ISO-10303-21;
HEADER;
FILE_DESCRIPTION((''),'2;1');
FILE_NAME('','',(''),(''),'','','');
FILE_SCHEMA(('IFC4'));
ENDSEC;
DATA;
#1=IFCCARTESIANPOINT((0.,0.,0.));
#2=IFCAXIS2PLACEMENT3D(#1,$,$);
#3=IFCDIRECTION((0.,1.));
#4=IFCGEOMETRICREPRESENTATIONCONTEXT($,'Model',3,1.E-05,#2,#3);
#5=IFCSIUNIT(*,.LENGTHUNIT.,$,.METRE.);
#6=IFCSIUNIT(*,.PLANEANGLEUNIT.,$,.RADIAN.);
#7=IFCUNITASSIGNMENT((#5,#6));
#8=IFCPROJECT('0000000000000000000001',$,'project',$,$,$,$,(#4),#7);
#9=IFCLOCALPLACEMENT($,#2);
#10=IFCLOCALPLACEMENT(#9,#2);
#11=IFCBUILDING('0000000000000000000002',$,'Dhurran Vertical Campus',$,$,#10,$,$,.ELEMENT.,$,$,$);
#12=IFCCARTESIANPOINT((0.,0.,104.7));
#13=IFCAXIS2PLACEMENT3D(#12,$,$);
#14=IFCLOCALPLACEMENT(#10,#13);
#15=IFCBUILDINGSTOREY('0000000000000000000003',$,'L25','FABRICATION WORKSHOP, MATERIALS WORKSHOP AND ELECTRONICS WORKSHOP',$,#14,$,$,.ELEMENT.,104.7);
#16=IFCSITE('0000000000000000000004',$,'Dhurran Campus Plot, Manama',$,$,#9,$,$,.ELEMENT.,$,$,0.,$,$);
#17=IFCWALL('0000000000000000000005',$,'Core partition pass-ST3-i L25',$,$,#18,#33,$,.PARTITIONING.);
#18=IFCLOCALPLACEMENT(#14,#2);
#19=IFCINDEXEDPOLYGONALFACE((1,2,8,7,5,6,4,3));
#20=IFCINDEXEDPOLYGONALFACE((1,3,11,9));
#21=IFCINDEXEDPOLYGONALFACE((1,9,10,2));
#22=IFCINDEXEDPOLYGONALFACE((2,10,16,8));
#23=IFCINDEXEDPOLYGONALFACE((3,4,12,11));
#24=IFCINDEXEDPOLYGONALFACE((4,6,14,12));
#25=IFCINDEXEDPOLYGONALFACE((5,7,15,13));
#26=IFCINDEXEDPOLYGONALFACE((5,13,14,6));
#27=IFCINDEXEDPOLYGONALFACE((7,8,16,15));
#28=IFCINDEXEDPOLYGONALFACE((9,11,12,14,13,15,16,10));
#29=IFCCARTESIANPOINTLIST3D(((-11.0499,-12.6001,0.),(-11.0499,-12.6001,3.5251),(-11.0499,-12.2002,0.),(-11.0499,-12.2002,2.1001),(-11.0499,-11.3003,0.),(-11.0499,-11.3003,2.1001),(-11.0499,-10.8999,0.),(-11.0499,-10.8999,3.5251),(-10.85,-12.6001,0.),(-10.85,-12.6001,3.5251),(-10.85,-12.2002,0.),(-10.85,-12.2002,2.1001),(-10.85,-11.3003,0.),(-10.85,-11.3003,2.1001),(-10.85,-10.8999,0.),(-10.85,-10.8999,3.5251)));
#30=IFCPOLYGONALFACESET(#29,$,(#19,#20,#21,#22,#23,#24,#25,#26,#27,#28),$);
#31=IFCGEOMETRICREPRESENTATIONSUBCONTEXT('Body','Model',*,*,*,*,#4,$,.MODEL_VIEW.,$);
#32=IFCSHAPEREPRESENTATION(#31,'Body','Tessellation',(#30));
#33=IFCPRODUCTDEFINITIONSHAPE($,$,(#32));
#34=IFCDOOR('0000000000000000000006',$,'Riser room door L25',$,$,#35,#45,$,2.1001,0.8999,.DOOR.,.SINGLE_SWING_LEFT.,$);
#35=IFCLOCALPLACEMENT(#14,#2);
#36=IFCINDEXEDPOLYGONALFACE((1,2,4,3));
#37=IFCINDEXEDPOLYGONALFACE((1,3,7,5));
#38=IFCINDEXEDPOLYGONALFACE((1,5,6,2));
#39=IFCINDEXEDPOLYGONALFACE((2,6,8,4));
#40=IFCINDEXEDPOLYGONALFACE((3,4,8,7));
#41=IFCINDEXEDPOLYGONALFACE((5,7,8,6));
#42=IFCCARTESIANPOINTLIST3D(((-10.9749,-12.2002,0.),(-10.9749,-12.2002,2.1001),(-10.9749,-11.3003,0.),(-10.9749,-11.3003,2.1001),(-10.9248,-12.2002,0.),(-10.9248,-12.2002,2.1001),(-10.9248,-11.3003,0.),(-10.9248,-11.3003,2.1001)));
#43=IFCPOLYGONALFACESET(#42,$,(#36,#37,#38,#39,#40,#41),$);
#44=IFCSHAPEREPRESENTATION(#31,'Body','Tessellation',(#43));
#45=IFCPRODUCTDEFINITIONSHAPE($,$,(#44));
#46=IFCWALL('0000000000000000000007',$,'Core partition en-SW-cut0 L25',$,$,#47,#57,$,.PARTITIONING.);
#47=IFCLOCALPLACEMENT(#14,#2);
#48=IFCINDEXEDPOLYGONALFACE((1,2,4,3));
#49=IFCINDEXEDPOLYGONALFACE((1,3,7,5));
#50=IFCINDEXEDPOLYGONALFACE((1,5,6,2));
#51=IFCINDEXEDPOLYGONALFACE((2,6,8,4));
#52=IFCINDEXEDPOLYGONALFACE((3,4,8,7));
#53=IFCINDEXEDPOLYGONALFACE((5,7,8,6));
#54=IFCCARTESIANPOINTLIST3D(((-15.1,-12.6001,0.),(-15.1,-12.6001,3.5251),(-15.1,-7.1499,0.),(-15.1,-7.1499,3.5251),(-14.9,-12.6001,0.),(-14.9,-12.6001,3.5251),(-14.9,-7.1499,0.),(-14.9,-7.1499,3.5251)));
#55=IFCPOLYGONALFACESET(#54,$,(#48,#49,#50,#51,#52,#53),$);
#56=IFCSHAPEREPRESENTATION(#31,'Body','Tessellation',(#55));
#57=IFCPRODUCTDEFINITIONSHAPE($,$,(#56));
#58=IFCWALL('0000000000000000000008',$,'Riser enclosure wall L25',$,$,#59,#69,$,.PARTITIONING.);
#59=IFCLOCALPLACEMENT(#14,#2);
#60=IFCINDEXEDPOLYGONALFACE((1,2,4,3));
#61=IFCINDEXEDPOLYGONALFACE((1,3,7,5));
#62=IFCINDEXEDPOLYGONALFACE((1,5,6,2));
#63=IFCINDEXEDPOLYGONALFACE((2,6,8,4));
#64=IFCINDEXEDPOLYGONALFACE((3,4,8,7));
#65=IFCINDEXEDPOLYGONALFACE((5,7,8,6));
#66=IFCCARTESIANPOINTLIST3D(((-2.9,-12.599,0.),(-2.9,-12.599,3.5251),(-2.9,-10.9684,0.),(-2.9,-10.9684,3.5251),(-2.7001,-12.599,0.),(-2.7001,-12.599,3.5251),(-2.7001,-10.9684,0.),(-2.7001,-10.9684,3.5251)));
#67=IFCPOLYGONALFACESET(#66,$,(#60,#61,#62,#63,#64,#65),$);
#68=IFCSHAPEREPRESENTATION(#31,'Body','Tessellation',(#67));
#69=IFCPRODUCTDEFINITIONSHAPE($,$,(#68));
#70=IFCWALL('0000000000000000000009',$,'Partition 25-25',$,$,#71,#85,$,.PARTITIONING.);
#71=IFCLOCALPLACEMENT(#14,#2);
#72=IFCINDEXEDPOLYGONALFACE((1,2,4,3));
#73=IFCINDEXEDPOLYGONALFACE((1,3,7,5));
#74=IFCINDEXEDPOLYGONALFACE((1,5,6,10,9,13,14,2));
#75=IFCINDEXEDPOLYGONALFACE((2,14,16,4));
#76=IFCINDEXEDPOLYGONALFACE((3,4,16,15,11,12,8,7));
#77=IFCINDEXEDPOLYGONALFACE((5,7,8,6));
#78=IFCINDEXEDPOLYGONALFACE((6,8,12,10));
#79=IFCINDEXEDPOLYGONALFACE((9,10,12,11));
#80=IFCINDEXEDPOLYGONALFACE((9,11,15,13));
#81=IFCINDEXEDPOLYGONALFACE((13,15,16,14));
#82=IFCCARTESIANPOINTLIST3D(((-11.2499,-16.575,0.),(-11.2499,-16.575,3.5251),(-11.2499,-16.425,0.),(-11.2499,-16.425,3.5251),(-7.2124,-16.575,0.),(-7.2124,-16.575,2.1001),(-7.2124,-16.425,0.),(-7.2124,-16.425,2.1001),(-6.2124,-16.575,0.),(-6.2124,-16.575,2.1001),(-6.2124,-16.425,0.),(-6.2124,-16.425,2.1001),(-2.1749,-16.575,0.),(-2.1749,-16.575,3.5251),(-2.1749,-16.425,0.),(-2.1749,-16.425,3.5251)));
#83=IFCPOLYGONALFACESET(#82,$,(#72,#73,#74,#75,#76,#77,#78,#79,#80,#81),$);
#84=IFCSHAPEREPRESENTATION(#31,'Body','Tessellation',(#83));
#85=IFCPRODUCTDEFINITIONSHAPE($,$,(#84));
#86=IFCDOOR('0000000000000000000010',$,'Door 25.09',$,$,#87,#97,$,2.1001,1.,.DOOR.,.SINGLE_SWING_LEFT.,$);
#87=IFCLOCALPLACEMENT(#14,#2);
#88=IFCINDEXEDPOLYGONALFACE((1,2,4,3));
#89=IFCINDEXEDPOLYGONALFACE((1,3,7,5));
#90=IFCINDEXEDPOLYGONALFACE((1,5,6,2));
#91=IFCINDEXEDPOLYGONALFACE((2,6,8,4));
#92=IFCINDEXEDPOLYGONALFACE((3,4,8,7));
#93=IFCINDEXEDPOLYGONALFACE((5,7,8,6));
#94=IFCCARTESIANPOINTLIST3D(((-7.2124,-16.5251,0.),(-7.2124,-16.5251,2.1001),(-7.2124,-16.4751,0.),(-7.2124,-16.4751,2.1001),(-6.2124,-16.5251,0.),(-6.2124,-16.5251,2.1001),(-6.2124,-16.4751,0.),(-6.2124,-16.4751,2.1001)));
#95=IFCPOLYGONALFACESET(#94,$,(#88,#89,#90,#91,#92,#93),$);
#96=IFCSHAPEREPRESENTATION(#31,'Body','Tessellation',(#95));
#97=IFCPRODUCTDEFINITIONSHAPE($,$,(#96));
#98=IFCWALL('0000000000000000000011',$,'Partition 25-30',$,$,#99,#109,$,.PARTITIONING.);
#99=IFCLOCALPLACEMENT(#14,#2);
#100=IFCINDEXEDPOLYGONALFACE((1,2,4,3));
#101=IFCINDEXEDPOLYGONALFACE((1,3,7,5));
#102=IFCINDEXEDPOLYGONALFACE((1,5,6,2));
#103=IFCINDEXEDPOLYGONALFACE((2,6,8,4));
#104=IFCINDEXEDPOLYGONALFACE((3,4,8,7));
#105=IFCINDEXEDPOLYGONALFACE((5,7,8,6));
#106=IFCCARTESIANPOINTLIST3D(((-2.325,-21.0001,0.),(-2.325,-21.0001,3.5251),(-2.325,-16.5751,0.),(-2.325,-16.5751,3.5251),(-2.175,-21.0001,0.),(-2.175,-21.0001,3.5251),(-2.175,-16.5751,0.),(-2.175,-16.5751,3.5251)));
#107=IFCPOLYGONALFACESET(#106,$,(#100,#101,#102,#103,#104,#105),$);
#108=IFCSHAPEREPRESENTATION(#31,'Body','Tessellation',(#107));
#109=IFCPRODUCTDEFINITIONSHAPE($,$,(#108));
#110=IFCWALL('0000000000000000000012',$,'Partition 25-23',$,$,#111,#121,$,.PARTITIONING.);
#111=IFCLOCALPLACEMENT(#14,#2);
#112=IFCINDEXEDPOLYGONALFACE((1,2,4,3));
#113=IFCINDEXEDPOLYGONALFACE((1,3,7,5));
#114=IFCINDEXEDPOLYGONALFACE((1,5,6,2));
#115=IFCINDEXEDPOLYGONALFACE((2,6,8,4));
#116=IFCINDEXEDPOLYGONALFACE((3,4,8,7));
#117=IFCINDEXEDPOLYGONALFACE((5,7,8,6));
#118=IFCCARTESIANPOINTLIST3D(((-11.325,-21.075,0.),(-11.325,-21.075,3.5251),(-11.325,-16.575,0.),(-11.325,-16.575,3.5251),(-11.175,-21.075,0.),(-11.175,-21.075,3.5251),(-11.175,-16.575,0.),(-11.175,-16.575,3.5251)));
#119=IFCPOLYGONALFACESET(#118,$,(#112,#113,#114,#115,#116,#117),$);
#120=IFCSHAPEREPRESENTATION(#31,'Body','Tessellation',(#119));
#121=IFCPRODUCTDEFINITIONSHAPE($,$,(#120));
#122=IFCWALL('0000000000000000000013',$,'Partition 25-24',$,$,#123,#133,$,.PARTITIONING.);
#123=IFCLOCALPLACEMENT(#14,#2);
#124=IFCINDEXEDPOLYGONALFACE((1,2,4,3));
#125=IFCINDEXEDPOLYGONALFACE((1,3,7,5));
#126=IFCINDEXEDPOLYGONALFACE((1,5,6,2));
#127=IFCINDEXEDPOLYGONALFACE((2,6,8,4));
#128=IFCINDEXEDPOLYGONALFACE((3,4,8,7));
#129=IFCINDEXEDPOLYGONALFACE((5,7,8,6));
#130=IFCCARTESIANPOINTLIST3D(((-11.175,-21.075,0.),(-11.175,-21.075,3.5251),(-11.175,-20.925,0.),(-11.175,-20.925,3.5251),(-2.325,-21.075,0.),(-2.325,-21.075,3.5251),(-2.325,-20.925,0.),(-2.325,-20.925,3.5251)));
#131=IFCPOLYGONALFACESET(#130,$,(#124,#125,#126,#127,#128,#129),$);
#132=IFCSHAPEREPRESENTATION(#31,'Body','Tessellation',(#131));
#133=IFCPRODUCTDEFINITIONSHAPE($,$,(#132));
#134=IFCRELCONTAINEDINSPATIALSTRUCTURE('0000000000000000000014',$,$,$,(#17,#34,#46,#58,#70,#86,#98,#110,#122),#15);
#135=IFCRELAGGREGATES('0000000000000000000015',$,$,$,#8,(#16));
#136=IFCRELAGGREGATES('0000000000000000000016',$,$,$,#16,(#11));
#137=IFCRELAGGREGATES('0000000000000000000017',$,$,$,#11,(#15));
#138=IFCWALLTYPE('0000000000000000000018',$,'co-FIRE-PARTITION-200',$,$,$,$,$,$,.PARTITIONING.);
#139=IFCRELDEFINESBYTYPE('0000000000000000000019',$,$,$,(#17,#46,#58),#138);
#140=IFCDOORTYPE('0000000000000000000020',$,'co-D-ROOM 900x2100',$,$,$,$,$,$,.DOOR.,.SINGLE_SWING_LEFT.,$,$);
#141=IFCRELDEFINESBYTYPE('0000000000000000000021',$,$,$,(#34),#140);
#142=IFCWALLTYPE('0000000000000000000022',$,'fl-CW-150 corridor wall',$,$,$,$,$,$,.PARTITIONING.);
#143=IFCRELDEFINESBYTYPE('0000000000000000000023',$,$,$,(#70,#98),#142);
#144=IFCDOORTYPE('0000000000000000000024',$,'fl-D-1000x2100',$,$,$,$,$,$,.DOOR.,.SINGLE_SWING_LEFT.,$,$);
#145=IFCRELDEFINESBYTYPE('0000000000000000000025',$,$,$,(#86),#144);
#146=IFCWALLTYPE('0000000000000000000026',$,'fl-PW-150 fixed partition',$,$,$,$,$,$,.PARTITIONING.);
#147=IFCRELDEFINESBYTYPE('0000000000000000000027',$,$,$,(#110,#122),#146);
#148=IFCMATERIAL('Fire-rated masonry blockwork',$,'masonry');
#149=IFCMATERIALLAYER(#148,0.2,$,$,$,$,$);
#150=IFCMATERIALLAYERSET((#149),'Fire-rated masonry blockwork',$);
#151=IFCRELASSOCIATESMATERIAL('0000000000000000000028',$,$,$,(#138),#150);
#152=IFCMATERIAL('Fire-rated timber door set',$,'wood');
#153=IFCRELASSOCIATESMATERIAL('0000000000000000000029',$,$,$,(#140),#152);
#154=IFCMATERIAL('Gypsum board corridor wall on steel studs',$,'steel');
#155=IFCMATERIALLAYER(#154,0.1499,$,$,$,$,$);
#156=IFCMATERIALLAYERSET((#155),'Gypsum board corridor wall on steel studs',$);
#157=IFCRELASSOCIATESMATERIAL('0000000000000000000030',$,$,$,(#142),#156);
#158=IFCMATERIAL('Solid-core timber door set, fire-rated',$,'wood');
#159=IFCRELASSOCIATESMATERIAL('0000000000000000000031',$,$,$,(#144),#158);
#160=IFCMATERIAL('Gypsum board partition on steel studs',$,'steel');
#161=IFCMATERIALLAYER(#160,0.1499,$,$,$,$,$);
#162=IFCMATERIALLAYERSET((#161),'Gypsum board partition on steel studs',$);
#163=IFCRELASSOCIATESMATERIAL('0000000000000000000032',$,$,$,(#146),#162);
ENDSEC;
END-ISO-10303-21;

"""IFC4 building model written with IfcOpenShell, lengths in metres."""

from ifc_helpers import new_model, si_unit, direction, frame, frame_2d, origin, place, context, subcontext, project, spatial, rectangle, extrude, material, layer, layer_set, type_object, element, fill, save


model = new_model("IFC4")

# Units and contexts
model_context = context("Model", 3, precision=1e-05, world=origin(), true_north=direction((0.0, 1.0)))
body_context = subcontext(model_context, "Body", "Model", "MODEL_VIEW")
ifc_project = project(units=[si_unit("LENGTHUNIT", "METRE"), si_unit("PLANEANGLEUNIT", "RADIAN")], contexts=[model_context])

# Site, building, storey
site_placement = place(None, origin())
site = spatial("IfcSite", under=ifc_project, at=site_placement, Name="Dhurran Campus Plot, Manama", CompositionType="ELEMENT", RefElevation=0.0)
building_placement = place(site_placement, origin())
building = spatial("IfcBuilding", under=site, at=building_placement, Name="Dhurran Vertical Campus", CompositionType="ELEMENT")
storey_placement = place(building_placement, frame((0.0, 0.0, 104.7)))
storey = spatial("IfcBuildingStorey", under=building, at=storey_placement, Name="L25", Description="FABRICATION WORKSHOP, MATERIALS WORKSHOP AND ELECTRONICS WORKSHOP", CompositionType="ELEMENT", Elevation=104.7)

# Shared definitions
ifc_material_1 = material(Name="Fire-rated masonry blockwork", Category="masonry")
ifc_layer_1 = layer(ifc_material_1, 0.2)
ifc_layer_set_1 = layer_set([ifc_layer_1], Name="Fire-rated masonry blockwork")
wall_type_1 = type_object("IfcWallType", Name="co-FIRE-PARTITION-200", PredefinedType="PARTITIONING", material=ifc_layer_set_1)
ifc_material_2 = material(Name="Fire-rated timber door set", Category="wood")
door_type_1 = type_object("IfcDoorType", Name="co-D-ROOM 900x2100", OperationType="SINGLE_SWING_LEFT", PredefinedType="DOOR", material=ifc_material_2)

# Wall, opening, door
wall_1_placement = place(storey_placement, frame((-10.95, -12.6001, 0.0), z_axis=(0.0, 0.0, 1.0), x_axis=(0.0, 1.0, 0.0)))
wall_1 = element("IfcWall", 1, at=wall_1_placement, inside=storey, type_object=wall_type_1, Name="Core partition pass-ST3-i L25", PredefinedType="PARTITIONING", context=body_context, shape_type="SweptSolid", body=[
    extrude(rectangle(XDim=1.7002, YDim=0.2, at=frame_2d((0.8501, 0.0))), origin(), (0.0, 0.0, 1.0), 3.5251),
])
opening_1_placement = place(wall_1_placement, frame((0.3999, 0.0, 0.0)))
opening_1 = element("IfcOpeningElement", 2, at=opening_1_placement, cuts=wall_1, PredefinedType="OPENING", context=body_context, shape_type="SweptSolid", body=[
    extrude(rectangle(XDim=0.8999, YDim=2.1001, at=frame_2d((0.45, 1.05))), frame((0.0, 0.1099, 0.0), z_axis=(0.0, -1.0, 0.0), x_axis=(1.0, 0.0, 0.0)), (0.0, 0.0, 1.0), 0.22),
])
door_1_placement = place(opening_1_placement, origin())
door_1 = element("IfcDoor", 3, at=door_1_placement, inside=storey, type_object=door_type_1, Name="Riser room door L25", OperationType="SINGLE_SWING_LEFT", OverallHeight=2.1001, OverallWidth=0.8999, PredefinedType="DOOR", context=body_context, shape_type="SweptSolid", body=[
    extrude(rectangle(XDim=0.8999, YDim=2.1001, at=frame_2d((0.45, 1.05))), frame((0.0, 0.0249, 0.0), z_axis=(0.0, -1.0, 0.0), x_axis=(1.0, 0.0, 0.0)), (0.0, 0.0, 1.0), 0.05),
])
fill(opening_1, door_1)

# Walls
wall_2_placement = place(storey_placement, frame((-15.0, -12.6001, 0.0), z_axis=(0.0, 0.0, 1.0), x_axis=(0.0, 1.0, 0.0)))
element("IfcWall", 4, at=wall_2_placement, inside=storey, type_object=wall_type_1, Name="Core partition en-SW-cut0 L25", PredefinedType="PARTITIONING", context=body_context, shape_type="SweptSolid", body=[
    extrude(rectangle(XDim=5.4502, YDim=0.2, at=frame_2d((2.7251, 0.0))), origin(), (0.0, 0.0, 1.0), 3.5251),
])
wall_3_placement = place(storey_placement, frame((-2.8, -12.5991, 0.0), z_axis=(0.0, 0.0, 1.0), x_axis=(0.0, 1.0, 0.0)))
element("IfcWall", 5, at=wall_3_placement, inside=storey, type_object=wall_type_1, Name="Riser enclosure wall L25", PredefinedType="PARTITIONING", context=body_context, shape_type="SweptSolid", body=[
    extrude(rectangle(XDim=1.6306, YDim=0.2, at=frame_2d((0.8154, 0.0))), origin(), (0.0, 0.0, 1.0), 3.5251),
])

# Wall, opening, door
ifc_material_3 = material(Name="Gypsum board corridor wall on steel studs", Category="steel")
ifc_layer_2 = layer(ifc_material_3, 0.1499)
ifc_layer_set_2 = layer_set([ifc_layer_2], Name="Gypsum board corridor wall on steel studs")
wall_type_2 = type_object("IfcWallType", Name="fl-CW-150 corridor wall", PredefinedType="PARTITIONING", material=ifc_layer_set_2)
wall_4_placement = place(storey_placement, frame((-11.25, -16.5, 0.0), z_axis=(0.0, 0.0, 1.0), x_axis=(1.0, 0.0, 0.0)))
wall_4 = element("IfcWall", 6, at=wall_4_placement, inside=storey, type_object=wall_type_2, Name="Partition 25-25", PredefinedType="PARTITIONING", context=body_context, shape_type="SweptSolid", body=[
    extrude(rectangle(XDim=9.075, YDim=0.1499, at=frame_2d((4.5376, 0.0))), origin(), (0.0, 0.0, 1.0), 3.5251),
])
opening_2_placement = place(wall_4_placement, frame((4.0376, 0.0, 0.0)))
opening_2 = element("IfcOpeningElement", 7, at=opening_2_placement, cuts=wall_4, PredefinedType="OPENING", context=body_context, shape_type="SweptSolid", body=[
    extrude(rectangle(XDim=1.0, YDim=2.1001, at=frame_2d((0.5, 1.05))), frame((0.0, 0.085, 0.0), z_axis=(0.0, -1.0, 0.0), x_axis=(1.0, 0.0, 0.0)), (0.0, 0.0, 1.0), 0.1699),
])
ifc_material_4 = material(Name="Solid-core timber door set, fire-rated", Category="wood")
door_type_2 = type_object("IfcDoorType", Name="fl-D-1000x2100", OperationType="SINGLE_SWING_LEFT", PredefinedType="DOOR", material=ifc_material_4)
door_2_placement = place(opening_2_placement, origin())
door_2 = element("IfcDoor", 8, at=door_2_placement, inside=storey, type_object=door_type_2, Name="Door 25.09", OperationType="SINGLE_SWING_LEFT", OverallHeight=2.1001, OverallWidth=1.0, PredefinedType="DOOR", context=body_context, shape_type="SweptSolid", body=[
    extrude(rectangle(XDim=1.0, YDim=2.1001, at=frame_2d((0.5, 1.05))), frame((0.0, 0.0249, 0.0), z_axis=(0.0, -1.0, 0.0), x_axis=(1.0, 0.0, 0.0)), (0.0, 0.0, 1.0), 0.05),
])
fill(opening_2, door_2)

# Walls
wall_5_placement = place(storey_placement, frame((-2.25, -21.0, 0.0), z_axis=(0.0, 0.0, 1.0), x_axis=(0.0, 1.0, 0.0)))
element("IfcWall", 9, at=wall_5_placement, inside=storey, type_object=wall_type_2, Name="Partition 25-30", PredefinedType="PARTITIONING", context=body_context, shape_type="SweptSolid", body=[
    extrude(rectangle(XDim=4.425, YDim=0.1499, at=frame_2d((2.2124, 0.0))), origin(), (0.0, 0.0, 1.0), 3.5251),
])
ifc_material_5 = material(Name="Gypsum board partition on steel studs", Category="steel")
ifc_layer_3 = layer(ifc_material_5, 0.1499)
ifc_layer_set_3 = layer_set([ifc_layer_3], Name="Gypsum board partition on steel studs")
wall_type_3 = type_object("IfcWallType", Name="fl-PW-150 fixed partition", PredefinedType="PARTITIONING", material=ifc_layer_set_3)
wall_6_placement = place(storey_placement, frame((-11.25, -16.575, 0.0), z_axis=(0.0, 0.0, 1.0), x_axis=(0.0, -1.0, 0.0)))
element("IfcWall", 10, at=wall_6_placement, inside=storey, type_object=wall_type_3, Name="Partition 25-23", PredefinedType="PARTITIONING", context=body_context, shape_type="SweptSolid", body=[
    extrude(rectangle(XDim=4.5, YDim=0.1499, at=frame_2d((2.25, 0.0))), origin(), (0.0, 0.0, 1.0), 3.5251),
])
wall_7_placement = place(storey_placement, frame((-11.175, -21.0, 0.0), z_axis=(0.0, 0.0, 1.0), x_axis=(1.0, 0.0, 0.0)))
element("IfcWall", 11, at=wall_7_placement, inside=storey, type_object=wall_type_3, Name="Partition 25-24", PredefinedType="PARTITIONING", context=body_context, shape_type="SweptSolid", body=[
    extrude(rectangle(XDim=8.8501, YDim=0.1499, at=frame_2d((4.425, 0.0))), origin(), (0.0, 0.0, 1.0), 3.5251),
])

save(model, "model.ifc")
